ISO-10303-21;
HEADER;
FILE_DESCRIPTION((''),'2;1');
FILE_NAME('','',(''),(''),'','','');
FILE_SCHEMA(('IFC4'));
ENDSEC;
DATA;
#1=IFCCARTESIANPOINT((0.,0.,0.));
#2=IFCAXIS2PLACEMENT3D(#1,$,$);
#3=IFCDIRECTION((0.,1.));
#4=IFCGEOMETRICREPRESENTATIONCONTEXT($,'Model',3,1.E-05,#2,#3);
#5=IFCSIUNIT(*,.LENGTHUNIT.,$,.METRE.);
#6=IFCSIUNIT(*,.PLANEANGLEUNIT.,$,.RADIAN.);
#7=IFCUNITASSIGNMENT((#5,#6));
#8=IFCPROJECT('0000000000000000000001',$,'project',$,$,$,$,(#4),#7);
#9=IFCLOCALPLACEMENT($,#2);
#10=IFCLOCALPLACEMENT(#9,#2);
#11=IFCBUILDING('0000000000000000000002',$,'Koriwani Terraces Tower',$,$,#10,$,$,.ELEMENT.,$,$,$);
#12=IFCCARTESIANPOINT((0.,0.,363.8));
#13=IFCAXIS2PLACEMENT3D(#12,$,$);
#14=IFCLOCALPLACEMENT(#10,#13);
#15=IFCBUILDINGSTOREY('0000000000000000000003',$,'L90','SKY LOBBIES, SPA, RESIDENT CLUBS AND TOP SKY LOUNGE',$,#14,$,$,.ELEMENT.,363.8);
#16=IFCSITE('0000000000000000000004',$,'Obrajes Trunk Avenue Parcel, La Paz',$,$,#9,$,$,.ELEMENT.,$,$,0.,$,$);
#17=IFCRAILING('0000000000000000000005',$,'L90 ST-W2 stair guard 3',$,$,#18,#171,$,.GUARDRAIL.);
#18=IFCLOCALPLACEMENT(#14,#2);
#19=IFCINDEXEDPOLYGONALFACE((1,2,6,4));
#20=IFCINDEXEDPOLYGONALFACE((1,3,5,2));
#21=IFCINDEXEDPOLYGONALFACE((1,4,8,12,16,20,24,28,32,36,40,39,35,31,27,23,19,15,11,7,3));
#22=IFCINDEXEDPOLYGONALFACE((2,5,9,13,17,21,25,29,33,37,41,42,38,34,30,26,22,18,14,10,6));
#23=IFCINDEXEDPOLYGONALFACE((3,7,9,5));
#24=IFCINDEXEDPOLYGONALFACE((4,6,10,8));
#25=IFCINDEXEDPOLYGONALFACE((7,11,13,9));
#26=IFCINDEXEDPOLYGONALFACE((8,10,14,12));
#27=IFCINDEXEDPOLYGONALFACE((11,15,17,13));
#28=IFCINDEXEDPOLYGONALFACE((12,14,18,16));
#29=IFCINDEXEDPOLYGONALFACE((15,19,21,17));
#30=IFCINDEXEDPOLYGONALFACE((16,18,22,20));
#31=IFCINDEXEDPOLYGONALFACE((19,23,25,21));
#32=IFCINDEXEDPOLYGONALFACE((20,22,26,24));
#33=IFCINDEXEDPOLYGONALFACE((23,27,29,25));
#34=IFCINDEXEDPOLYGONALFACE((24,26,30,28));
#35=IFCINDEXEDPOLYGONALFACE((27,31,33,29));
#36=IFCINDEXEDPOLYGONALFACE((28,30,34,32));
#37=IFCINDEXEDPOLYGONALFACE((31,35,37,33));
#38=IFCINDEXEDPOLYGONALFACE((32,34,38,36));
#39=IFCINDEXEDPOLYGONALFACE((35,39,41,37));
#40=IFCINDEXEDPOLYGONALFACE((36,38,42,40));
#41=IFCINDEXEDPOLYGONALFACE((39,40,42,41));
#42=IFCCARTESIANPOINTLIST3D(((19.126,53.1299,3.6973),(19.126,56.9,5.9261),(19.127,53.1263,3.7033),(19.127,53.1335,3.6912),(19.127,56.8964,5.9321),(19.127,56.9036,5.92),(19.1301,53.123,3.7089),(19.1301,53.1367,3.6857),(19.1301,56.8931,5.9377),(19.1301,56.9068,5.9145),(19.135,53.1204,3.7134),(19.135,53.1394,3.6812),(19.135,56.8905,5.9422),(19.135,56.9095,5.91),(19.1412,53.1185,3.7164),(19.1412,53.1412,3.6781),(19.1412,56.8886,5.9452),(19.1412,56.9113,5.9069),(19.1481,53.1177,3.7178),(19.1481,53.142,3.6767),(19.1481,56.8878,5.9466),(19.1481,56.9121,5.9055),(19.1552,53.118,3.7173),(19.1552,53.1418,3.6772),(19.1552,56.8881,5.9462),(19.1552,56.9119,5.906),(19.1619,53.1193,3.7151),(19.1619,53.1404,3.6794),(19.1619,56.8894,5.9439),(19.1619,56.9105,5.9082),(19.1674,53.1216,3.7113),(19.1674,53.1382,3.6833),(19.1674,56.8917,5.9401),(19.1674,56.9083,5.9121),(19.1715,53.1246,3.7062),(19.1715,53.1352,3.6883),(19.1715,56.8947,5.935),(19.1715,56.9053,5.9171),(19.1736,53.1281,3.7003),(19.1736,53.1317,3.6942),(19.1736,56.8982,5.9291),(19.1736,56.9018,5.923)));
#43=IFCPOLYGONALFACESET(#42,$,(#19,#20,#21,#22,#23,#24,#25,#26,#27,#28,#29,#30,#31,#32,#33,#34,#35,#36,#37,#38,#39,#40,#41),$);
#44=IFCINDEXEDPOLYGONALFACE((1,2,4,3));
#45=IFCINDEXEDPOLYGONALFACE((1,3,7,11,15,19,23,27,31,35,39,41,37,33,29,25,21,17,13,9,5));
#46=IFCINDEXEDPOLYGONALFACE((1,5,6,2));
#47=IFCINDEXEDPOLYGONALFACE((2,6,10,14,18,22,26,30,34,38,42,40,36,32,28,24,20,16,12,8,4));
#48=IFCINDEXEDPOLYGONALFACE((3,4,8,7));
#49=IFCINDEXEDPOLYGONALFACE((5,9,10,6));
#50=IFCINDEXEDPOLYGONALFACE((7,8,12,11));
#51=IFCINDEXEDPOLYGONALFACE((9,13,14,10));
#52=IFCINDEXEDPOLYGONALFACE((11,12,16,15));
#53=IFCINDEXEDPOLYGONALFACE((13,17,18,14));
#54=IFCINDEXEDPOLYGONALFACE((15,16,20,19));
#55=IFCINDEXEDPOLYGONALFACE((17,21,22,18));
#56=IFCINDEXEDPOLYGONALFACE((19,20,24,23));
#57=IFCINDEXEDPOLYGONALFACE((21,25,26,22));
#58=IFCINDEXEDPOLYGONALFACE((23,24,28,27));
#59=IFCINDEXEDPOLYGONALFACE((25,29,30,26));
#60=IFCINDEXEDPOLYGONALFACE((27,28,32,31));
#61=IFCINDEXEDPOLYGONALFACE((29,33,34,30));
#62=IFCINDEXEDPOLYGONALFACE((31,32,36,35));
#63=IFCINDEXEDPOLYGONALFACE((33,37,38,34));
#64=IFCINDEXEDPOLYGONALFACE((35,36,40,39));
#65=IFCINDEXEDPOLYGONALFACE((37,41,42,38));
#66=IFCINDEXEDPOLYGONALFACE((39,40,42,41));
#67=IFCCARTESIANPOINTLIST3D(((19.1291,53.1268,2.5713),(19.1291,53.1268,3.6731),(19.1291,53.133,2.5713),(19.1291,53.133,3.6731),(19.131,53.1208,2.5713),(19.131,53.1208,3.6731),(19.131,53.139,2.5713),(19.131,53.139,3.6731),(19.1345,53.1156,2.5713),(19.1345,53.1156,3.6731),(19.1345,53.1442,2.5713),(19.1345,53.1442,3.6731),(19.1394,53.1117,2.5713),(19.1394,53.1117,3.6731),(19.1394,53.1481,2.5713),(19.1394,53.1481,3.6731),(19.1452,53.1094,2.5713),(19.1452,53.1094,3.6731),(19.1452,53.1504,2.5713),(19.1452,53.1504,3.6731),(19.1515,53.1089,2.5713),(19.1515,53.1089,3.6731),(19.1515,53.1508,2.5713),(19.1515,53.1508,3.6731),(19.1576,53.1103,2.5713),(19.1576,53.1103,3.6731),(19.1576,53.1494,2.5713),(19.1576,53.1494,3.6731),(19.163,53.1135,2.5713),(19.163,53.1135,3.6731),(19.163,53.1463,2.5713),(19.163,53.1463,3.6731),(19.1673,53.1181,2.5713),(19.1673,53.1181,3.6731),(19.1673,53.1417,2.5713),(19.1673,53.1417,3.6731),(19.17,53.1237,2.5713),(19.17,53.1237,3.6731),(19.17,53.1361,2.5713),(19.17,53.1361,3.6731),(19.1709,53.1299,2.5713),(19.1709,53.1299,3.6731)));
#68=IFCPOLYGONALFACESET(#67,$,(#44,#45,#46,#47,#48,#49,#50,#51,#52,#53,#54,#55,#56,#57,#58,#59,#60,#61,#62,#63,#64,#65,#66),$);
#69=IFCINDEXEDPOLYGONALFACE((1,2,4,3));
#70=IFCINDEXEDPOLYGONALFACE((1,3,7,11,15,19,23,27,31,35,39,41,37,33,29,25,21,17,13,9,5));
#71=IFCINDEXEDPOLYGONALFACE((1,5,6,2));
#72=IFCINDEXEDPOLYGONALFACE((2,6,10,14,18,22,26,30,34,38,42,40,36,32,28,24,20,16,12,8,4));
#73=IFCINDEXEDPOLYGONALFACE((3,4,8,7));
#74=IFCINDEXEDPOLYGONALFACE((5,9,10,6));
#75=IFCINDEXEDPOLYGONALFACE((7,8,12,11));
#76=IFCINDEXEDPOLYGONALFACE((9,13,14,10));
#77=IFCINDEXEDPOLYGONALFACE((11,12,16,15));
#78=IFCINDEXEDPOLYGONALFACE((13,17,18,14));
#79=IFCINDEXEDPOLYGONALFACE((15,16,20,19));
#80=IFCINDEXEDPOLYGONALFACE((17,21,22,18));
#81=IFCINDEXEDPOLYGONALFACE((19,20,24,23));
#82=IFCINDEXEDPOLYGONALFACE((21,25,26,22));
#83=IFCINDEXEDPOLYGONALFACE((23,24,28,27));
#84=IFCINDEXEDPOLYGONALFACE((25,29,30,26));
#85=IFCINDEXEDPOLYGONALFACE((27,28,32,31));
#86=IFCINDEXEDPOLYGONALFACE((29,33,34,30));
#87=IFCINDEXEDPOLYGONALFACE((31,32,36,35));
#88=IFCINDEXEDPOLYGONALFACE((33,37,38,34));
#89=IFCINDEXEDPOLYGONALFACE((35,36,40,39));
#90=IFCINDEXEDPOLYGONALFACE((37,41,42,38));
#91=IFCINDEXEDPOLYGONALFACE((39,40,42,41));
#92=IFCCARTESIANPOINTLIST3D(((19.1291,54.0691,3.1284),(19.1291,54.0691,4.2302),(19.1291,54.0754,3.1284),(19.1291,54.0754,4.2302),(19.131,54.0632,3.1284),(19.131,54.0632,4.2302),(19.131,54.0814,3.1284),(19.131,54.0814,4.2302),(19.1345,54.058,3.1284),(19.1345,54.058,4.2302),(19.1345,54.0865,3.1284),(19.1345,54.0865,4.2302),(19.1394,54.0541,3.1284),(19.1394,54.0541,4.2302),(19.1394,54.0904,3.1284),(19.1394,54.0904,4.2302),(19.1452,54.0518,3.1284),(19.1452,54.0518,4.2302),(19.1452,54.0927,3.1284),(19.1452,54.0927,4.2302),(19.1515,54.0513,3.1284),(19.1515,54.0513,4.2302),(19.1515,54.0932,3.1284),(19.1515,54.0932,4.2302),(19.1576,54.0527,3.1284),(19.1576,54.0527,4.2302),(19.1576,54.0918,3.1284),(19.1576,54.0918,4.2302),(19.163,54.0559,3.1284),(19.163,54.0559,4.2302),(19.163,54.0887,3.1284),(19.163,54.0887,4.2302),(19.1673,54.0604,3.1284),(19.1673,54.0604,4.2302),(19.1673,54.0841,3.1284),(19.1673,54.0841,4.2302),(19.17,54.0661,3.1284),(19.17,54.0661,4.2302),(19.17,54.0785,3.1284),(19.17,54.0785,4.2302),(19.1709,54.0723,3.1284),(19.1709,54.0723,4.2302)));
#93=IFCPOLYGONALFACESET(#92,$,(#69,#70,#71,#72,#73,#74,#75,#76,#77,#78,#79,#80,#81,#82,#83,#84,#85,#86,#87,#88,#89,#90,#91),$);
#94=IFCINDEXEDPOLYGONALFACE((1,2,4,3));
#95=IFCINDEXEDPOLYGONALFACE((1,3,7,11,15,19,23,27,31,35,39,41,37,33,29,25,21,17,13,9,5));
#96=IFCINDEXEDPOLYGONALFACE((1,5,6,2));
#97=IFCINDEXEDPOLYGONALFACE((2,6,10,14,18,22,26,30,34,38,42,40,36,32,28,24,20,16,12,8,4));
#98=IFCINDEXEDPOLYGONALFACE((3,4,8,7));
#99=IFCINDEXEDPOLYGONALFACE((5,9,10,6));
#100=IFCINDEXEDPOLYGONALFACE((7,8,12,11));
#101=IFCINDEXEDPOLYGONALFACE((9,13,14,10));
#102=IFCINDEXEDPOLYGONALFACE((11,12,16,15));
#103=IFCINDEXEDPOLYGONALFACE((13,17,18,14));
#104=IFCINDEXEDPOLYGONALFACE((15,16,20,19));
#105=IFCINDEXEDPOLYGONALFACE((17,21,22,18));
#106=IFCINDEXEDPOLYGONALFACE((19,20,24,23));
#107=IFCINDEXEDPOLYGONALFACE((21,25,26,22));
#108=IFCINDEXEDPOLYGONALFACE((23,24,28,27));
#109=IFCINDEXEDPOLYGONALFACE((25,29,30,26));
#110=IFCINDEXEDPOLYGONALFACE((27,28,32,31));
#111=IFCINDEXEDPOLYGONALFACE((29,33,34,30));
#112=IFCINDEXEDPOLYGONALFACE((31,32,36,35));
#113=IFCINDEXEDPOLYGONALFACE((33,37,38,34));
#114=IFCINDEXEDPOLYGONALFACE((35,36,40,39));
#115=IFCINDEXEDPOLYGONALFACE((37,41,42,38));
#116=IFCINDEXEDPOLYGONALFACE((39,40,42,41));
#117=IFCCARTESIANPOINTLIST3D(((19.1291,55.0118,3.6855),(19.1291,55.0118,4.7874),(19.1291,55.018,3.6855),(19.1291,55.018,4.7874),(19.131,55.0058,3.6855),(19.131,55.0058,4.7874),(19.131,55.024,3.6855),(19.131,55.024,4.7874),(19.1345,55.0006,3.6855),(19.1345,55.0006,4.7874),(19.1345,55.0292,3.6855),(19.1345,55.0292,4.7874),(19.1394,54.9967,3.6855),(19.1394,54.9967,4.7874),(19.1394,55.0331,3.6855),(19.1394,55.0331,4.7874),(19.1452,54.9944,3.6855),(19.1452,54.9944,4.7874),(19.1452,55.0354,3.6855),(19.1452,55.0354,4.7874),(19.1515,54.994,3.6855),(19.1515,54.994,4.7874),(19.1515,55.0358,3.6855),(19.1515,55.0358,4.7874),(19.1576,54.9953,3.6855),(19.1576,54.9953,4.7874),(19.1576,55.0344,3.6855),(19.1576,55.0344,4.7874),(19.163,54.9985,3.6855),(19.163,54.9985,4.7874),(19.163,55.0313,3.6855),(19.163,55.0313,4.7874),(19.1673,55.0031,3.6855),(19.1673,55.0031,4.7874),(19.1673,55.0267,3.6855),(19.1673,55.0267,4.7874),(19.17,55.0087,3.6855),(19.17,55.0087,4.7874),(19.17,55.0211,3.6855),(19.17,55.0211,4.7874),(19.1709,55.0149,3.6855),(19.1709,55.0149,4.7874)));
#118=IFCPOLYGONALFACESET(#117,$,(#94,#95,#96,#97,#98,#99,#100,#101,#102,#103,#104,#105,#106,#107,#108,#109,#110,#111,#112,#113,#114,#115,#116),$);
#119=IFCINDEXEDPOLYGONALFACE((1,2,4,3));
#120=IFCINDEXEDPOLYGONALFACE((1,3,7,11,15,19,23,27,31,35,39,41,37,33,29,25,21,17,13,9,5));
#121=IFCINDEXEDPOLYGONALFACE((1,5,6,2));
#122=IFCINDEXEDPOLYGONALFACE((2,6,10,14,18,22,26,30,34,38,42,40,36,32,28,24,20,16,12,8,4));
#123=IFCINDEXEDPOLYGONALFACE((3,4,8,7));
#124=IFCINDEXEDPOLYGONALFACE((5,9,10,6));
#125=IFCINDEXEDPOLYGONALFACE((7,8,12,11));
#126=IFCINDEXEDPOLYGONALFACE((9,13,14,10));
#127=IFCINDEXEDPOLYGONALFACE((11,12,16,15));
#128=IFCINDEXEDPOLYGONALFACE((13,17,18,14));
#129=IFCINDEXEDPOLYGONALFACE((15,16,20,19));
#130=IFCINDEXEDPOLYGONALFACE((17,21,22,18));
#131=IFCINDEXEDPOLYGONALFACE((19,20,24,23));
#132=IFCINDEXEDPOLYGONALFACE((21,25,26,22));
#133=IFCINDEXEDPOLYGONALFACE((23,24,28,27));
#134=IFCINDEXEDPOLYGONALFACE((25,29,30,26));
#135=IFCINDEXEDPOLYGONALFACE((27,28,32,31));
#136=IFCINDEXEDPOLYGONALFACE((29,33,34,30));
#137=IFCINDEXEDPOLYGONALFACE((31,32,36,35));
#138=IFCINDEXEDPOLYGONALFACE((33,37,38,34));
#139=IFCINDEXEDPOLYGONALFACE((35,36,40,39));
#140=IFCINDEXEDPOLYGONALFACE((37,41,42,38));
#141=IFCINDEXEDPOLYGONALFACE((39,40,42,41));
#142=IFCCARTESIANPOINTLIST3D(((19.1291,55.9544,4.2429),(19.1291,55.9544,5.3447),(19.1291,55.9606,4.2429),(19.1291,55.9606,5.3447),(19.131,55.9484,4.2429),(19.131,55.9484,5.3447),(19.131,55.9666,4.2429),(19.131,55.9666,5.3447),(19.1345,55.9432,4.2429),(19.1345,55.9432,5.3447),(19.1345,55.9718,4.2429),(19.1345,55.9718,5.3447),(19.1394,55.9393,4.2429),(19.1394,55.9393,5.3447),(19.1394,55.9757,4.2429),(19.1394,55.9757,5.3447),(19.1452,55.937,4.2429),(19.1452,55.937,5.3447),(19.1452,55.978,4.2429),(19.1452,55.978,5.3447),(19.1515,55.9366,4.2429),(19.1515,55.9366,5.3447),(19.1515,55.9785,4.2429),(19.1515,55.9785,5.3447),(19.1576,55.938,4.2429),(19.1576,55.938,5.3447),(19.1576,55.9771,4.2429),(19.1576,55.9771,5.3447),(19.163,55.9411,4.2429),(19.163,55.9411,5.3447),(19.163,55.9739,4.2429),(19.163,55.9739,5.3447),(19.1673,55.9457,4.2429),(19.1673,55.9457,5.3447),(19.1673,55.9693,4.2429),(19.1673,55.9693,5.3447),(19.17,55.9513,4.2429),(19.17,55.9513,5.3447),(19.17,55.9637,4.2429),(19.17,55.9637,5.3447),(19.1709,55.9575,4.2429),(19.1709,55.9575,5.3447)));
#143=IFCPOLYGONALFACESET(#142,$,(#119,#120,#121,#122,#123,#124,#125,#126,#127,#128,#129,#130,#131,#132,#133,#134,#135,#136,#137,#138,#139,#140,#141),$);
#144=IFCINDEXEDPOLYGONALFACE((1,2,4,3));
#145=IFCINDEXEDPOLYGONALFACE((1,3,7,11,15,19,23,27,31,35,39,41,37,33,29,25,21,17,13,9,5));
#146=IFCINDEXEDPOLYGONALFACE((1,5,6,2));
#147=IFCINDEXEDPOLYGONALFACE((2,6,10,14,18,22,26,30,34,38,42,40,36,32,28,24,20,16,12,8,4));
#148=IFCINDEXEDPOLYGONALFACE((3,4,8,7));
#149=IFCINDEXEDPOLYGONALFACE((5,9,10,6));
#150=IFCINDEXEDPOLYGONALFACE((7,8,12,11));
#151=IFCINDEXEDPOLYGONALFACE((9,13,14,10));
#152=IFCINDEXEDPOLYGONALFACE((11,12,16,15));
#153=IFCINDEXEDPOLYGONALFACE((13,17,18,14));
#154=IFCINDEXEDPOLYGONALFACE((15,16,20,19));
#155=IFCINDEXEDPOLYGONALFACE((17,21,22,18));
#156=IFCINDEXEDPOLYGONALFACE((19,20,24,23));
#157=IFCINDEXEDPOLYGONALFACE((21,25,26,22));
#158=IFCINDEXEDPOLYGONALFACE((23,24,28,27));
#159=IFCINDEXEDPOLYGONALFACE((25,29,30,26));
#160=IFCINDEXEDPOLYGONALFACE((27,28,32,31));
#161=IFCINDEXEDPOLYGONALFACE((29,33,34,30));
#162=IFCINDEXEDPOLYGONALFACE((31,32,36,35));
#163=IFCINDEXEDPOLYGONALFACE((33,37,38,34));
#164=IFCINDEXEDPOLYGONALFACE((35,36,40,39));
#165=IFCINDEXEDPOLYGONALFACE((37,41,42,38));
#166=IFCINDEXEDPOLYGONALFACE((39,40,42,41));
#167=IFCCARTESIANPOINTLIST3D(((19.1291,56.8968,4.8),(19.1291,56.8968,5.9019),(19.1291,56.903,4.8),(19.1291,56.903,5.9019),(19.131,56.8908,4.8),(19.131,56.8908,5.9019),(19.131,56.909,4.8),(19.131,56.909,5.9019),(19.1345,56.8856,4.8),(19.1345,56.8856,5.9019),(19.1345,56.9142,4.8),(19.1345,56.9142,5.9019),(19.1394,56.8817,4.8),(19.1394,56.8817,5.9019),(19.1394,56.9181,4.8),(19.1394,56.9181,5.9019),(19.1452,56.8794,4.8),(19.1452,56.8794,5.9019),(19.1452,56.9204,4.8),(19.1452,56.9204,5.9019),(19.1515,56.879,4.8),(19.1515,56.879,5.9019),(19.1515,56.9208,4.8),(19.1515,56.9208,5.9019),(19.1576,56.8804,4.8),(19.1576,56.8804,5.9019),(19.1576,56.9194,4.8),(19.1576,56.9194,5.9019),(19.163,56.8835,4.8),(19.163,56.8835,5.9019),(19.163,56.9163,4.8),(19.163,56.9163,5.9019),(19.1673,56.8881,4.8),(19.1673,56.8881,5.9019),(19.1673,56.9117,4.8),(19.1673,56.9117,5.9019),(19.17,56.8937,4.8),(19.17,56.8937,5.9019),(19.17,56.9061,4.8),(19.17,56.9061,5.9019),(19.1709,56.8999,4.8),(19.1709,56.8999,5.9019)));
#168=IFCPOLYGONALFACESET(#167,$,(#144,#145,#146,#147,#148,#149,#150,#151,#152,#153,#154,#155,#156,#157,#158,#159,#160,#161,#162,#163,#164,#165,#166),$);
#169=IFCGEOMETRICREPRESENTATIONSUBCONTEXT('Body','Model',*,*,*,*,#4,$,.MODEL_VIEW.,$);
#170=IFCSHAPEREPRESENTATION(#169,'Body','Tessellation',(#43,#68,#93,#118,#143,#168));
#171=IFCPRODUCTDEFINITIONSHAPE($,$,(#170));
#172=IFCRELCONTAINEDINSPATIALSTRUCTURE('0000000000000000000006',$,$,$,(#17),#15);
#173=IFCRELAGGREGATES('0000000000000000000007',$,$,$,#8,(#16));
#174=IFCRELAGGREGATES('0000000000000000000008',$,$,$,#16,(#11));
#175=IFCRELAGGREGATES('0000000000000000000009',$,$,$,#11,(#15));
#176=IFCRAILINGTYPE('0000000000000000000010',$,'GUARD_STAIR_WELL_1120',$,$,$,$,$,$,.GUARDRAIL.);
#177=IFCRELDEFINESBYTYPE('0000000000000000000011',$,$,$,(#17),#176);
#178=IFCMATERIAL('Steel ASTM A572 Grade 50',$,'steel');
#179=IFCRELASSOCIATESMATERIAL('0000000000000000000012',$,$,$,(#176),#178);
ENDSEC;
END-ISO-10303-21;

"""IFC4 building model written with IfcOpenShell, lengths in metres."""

from ifc_helpers import new_model, si_unit, direction, frame, origin, origin_2d, place, context, subcontext, project, spatial, circle, extrude, material, type_object, element, save


model = new_model("IFC4")

# Units and contexts
model_context = context("Model", 3, precision=1e-05, world=origin(), true_north=direction((0.0, 1.0)))
body_context = subcontext(model_context, "Body", "Model", "MODEL_VIEW")
ifc_project = project(units=[si_unit("LENGTHUNIT", "METRE"), si_unit("PLANEANGLEUNIT", "RADIAN")], contexts=[model_context])

# Site, building, storey
site_placement = place(None, origin())
site = spatial("IfcSite", under=ifc_project, at=site_placement, Name="Obrajes Trunk Avenue Parcel, La Paz", CompositionType="ELEMENT", RefElevation=0.0)
building_placement = place(site_placement, origin())
building = spatial("IfcBuilding", under=site, at=building_placement, Name="Koriwani Terraces Tower", CompositionType="ELEMENT")
storey_placement = place(building_placement, frame((0.0, 0.0, 363.8)))
storey = spatial("IfcBuildingStorey", under=building, at=storey_placement, Name="L90", Description="SKY LOBBIES, SPA, RESIDENT CLUBS AND TOP SKY LOUNGE", CompositionType="ELEMENT", Elevation=363.8)

# Shared definitions
ifc_material_1 = material(Name="Steel ASTM A572 Grade 50", Category="steel")

# Railing
railing_type_1 = type_object("IfcRailingType", Name="GUARD_STAIR_WELL_1120", PredefinedType="GUARDRAIL", material=ifc_material_1)
railing_1_placement = place(storey_placement, frame((19.1499, 53.1299, 2.5713)))
element("IfcRailing", 1, at=railing_1_placement, inside=storey, type_object=railing_type_1, Name="L90 ST-W2 stair guard 3", PredefinedType="GUARDRAIL", context=body_context, shape_type="SweptSolid", body=[
    extrude(circle(Radius=0.0239, at=origin_2d()), frame((0.0, 0.0, 1.126), z_axis=(0.0, 0.860824, 0.508902), x_axis=(-1.0, 0.0, 0.0)), (0.0, 0.0, 1.0), 4.3796),
    extrude(circle(Radius=0.021, at=origin_2d()), origin(), (0.0, 0.0, 1.0), 1.1018),
    extrude(circle(Radius=0.021, at=origin_2d()), frame((0.0, 0.9424, 0.5571)), (0.0, 0.0, 1.0), 1.1018),
    extrude(circle(Radius=0.021, at=origin_2d()), frame((0.0, 1.885, 1.1143)), (0.0, 0.0, 1.0), 1.1018),
    extrude(circle(Radius=0.021, at=origin_2d()), frame((0.0, 2.8276, 1.6716)), (0.0, 0.0, 1.0), 1.1018),
    extrude(circle(Radius=0.021, at=origin_2d()), frame((0.0, 3.77, 2.2288)), (0.0, 0.0, 1.0), 1.1018),
])

save(model, "model.ifc")
